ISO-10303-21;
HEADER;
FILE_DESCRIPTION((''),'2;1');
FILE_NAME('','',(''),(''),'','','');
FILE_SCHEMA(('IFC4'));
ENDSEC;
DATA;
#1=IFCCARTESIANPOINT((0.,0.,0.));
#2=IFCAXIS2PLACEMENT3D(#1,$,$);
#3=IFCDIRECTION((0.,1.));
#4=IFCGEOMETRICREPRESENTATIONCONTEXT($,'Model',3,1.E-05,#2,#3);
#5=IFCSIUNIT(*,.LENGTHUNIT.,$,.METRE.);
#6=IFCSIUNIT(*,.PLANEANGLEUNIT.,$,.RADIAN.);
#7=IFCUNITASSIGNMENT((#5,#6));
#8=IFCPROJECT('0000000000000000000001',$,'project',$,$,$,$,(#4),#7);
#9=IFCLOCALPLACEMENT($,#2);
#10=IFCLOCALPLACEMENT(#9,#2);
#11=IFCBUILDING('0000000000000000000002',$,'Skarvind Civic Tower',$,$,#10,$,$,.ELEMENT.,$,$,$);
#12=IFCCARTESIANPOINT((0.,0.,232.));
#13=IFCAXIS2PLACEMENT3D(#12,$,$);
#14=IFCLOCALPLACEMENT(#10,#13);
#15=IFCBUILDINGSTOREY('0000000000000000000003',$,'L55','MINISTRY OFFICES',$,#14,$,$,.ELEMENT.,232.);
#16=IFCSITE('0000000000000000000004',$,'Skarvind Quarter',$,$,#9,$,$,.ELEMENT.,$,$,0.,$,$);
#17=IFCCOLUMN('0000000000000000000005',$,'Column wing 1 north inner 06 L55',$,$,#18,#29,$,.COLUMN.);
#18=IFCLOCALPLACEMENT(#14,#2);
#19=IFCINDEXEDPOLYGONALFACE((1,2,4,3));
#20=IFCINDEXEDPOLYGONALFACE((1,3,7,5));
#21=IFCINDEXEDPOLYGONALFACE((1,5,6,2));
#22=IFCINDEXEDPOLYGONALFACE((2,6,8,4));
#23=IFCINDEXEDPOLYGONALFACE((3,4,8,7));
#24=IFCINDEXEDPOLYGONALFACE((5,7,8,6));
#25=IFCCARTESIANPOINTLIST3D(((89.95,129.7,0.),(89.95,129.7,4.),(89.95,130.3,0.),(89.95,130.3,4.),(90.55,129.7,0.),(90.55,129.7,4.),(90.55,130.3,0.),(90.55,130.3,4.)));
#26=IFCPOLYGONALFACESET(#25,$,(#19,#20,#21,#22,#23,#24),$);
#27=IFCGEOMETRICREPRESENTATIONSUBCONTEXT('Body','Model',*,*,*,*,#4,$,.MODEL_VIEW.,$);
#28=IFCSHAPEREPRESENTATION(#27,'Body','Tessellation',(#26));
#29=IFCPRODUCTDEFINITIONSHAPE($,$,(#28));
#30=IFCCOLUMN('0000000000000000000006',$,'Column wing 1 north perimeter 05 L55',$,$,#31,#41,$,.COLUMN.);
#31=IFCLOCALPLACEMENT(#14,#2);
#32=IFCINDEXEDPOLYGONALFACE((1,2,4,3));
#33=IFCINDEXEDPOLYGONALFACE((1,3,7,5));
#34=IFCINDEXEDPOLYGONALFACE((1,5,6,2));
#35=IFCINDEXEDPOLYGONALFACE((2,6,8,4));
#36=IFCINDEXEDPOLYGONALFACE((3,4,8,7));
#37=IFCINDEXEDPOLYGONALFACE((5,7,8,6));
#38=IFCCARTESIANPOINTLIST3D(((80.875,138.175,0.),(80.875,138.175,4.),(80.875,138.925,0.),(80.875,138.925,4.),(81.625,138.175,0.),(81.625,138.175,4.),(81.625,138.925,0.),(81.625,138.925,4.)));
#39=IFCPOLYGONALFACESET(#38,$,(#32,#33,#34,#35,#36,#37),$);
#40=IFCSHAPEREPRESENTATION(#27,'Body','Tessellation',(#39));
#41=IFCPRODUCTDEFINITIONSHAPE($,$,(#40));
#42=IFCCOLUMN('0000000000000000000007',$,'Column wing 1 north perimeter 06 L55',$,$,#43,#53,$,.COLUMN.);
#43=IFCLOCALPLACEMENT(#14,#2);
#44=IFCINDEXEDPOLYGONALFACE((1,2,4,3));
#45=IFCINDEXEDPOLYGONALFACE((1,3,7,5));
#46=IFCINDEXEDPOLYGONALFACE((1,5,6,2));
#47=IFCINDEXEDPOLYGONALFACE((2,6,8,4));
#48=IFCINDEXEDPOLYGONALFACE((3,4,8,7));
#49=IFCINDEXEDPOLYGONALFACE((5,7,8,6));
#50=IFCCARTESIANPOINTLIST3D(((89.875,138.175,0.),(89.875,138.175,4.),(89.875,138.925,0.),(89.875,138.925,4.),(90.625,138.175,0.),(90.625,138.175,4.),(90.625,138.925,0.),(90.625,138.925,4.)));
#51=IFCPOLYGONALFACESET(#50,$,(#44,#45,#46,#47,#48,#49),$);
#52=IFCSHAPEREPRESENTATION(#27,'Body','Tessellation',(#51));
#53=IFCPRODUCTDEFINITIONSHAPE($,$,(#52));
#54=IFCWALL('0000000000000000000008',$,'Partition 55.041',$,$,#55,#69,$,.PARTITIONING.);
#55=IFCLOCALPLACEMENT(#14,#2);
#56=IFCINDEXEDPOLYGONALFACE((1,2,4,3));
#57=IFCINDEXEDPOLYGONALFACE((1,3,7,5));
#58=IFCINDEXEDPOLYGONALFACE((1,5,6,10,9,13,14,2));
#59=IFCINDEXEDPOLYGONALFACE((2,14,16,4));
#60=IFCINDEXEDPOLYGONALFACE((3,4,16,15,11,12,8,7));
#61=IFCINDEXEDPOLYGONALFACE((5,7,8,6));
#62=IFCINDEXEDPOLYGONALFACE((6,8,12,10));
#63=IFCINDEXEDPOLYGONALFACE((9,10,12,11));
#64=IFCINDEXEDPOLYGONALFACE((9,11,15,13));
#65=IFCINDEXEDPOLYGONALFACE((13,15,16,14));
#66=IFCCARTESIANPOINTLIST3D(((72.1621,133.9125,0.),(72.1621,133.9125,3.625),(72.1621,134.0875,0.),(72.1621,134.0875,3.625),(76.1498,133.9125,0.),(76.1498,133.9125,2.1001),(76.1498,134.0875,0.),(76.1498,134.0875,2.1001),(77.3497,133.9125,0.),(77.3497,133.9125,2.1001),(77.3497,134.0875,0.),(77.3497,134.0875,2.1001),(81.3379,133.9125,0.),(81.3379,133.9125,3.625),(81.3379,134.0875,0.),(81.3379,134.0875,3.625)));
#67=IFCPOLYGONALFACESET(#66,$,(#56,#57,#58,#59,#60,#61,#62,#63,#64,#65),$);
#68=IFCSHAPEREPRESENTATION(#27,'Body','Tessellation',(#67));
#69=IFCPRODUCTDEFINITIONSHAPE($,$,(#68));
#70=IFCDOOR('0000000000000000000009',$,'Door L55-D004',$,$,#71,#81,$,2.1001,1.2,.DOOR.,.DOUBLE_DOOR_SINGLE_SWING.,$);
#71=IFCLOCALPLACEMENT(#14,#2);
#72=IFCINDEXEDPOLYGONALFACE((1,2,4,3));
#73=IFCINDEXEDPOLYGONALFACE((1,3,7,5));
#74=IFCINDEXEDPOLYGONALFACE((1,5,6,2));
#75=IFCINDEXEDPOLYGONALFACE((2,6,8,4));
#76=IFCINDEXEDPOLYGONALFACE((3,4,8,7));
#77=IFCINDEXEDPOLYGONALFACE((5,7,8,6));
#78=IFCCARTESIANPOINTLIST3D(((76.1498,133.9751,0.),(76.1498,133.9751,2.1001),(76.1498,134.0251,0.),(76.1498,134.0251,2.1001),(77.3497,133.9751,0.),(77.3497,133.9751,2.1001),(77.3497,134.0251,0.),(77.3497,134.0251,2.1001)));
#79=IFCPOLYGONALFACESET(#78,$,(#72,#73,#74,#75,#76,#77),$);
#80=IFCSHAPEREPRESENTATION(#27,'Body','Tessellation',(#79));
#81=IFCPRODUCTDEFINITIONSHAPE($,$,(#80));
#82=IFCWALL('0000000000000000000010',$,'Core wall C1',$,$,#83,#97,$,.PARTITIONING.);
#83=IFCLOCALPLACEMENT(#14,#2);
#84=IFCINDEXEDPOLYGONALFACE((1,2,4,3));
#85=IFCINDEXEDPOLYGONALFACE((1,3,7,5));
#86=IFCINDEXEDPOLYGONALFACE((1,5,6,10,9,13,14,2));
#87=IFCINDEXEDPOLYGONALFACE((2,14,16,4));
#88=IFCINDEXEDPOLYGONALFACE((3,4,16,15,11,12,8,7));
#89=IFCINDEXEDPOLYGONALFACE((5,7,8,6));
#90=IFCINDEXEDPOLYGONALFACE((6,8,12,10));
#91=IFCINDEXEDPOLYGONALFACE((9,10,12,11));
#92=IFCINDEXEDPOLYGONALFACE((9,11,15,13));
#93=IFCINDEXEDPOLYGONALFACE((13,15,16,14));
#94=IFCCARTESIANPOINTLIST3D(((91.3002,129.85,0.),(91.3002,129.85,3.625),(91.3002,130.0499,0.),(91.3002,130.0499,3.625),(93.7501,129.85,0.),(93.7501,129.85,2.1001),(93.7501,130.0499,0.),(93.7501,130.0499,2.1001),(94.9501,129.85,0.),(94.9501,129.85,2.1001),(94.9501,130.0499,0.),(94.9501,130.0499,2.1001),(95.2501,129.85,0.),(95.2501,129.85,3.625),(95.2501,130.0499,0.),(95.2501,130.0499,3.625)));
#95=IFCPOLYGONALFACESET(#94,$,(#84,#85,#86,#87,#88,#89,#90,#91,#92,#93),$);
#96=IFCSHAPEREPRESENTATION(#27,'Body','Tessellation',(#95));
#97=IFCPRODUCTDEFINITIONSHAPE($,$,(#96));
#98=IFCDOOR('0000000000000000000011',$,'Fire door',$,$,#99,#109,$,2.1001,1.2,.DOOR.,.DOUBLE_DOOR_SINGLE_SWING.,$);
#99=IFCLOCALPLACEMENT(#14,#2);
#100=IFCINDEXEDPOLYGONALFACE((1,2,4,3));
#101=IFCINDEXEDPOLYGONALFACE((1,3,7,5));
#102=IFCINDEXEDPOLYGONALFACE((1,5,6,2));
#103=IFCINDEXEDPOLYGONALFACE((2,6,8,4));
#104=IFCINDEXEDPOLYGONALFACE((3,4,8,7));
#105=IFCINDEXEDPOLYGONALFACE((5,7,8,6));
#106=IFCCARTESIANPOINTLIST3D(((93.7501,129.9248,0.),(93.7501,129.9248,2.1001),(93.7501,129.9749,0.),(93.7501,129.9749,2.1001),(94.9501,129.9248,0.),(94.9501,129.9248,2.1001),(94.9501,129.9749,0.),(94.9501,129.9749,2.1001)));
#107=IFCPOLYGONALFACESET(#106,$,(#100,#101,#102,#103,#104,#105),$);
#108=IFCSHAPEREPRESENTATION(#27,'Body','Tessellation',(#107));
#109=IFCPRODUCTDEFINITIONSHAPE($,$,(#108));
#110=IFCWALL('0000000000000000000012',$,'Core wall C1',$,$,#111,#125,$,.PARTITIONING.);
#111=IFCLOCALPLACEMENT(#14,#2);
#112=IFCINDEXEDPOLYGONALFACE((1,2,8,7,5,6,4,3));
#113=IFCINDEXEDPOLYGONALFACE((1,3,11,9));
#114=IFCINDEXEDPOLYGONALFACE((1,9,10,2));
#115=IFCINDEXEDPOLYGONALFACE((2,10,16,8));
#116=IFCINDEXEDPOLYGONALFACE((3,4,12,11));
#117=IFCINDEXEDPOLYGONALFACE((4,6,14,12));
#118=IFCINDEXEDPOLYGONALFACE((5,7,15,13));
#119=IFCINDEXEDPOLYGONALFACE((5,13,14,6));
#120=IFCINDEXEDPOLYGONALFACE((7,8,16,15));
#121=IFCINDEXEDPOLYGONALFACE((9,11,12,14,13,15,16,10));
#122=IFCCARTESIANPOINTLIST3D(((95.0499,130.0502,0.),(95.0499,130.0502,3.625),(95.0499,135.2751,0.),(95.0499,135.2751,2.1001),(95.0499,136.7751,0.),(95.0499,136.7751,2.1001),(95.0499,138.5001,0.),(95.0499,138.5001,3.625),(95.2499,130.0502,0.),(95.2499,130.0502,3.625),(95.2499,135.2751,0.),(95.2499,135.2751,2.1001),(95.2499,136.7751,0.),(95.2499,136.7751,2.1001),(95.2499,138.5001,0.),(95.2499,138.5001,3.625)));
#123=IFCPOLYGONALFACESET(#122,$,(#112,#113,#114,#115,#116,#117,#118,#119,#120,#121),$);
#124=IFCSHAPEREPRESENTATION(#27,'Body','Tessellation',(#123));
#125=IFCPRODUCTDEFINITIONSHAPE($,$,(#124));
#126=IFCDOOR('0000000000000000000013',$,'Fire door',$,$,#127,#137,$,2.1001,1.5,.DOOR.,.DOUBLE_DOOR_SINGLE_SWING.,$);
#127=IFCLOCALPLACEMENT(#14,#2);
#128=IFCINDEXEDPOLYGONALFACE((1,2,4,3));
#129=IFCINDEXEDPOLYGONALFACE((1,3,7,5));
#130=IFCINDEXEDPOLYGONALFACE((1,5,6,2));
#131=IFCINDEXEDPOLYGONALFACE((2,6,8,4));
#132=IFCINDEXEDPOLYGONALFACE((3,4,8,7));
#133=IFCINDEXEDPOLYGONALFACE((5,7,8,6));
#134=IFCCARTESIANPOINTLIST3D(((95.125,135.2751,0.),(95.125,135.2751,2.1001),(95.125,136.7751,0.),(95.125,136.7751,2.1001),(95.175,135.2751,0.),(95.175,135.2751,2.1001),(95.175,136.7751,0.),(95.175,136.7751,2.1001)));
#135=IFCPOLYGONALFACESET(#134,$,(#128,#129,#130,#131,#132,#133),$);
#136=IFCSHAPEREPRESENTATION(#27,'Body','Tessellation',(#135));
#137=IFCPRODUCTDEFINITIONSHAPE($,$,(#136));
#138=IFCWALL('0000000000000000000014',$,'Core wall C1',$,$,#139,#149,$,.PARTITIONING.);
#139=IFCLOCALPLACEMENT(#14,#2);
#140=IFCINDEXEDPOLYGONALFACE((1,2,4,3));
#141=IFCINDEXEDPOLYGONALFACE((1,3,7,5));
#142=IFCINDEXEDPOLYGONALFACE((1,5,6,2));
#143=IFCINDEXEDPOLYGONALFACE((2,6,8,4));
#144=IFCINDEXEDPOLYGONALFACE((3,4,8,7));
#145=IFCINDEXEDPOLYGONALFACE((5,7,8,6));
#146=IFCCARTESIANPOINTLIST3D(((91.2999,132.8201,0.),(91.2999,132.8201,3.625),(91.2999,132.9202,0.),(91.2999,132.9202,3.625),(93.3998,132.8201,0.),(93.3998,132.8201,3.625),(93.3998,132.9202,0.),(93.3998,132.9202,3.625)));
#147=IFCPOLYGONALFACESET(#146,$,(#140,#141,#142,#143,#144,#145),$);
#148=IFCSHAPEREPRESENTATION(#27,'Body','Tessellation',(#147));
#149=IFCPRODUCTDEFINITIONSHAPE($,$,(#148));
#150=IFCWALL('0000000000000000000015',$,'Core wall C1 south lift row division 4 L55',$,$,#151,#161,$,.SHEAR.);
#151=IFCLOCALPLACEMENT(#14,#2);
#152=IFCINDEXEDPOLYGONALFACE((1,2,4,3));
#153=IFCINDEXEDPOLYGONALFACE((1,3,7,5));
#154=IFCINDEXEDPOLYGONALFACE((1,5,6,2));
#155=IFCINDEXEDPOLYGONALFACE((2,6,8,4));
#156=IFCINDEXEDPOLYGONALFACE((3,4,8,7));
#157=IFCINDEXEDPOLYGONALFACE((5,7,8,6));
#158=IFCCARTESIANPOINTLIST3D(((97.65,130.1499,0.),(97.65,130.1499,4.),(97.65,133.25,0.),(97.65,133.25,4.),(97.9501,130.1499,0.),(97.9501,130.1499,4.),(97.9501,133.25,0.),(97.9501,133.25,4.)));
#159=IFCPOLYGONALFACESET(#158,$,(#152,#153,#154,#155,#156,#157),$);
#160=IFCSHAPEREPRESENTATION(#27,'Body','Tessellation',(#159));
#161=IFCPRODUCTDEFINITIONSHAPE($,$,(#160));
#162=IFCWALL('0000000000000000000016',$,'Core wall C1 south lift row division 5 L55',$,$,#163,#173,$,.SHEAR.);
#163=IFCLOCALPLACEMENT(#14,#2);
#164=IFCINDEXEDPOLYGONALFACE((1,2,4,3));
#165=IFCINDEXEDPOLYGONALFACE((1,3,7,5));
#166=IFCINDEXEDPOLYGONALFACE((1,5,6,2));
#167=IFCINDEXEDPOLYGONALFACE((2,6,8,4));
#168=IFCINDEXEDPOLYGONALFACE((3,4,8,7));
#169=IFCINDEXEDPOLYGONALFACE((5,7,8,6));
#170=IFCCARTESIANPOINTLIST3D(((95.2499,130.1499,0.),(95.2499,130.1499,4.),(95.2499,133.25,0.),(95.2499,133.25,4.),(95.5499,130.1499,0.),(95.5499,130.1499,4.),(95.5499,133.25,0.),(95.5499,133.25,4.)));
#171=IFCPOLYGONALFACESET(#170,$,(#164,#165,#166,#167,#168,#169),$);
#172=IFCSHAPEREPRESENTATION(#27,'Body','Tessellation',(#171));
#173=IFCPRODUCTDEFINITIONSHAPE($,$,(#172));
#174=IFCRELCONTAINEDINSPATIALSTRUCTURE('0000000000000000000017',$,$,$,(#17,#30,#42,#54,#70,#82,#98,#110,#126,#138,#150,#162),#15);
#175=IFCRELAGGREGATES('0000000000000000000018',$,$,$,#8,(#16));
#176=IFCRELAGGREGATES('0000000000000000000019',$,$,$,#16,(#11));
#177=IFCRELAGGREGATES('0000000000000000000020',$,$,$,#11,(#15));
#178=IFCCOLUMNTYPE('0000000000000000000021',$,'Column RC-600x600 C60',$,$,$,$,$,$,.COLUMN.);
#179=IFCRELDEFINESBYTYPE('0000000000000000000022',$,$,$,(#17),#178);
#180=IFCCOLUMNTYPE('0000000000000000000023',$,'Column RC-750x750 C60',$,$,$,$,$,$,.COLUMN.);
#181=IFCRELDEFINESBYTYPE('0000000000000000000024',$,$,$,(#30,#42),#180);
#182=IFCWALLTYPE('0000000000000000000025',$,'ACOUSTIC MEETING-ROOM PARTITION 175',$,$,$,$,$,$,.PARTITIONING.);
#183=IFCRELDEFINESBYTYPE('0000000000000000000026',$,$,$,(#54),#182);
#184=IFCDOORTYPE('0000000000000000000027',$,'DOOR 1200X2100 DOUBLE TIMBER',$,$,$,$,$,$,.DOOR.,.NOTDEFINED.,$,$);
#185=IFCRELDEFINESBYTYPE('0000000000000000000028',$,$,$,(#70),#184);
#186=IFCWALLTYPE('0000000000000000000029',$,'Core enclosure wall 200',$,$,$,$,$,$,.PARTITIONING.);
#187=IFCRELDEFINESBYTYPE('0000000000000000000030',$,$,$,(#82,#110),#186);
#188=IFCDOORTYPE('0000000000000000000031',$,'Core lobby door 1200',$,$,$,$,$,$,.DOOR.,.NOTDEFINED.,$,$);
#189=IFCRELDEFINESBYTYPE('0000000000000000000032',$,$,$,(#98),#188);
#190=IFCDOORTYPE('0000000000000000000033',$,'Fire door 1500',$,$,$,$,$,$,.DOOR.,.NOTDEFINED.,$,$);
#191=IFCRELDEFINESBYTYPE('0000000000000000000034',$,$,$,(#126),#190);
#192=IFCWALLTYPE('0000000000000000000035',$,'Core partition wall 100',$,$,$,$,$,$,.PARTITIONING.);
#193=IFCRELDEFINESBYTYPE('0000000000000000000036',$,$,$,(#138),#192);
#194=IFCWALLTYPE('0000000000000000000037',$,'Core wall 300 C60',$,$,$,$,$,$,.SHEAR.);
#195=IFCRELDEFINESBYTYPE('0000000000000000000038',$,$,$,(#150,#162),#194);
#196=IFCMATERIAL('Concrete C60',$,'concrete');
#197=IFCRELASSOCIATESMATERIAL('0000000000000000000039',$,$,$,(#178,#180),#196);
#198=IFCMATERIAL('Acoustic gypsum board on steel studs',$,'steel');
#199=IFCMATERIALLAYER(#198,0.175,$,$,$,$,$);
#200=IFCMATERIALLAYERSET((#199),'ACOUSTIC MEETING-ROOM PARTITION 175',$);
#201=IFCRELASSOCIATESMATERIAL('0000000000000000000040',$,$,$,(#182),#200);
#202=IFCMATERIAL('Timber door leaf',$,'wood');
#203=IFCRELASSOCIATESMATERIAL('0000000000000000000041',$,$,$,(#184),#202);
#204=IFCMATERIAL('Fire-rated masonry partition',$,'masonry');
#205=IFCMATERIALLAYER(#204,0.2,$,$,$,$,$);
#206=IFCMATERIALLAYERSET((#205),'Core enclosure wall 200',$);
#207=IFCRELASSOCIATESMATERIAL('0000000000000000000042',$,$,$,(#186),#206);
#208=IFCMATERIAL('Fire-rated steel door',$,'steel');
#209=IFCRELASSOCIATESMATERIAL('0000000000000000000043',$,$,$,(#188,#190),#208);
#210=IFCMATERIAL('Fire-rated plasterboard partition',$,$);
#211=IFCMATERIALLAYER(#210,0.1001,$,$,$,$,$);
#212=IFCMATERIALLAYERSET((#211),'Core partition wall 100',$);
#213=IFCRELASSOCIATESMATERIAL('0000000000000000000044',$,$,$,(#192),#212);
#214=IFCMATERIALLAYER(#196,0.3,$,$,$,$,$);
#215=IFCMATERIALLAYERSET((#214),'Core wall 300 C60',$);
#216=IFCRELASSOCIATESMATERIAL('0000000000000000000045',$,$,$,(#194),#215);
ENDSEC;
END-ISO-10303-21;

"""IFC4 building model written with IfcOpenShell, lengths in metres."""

from ifc_helpers import new_model, si_unit, direction, frame, frame_2d, origin, origin_2d, place, context, subcontext, project, spatial, rectangle, extrude, material, layer, layer_set, material_profile, profile_set, type_object, element, fill, save


model = new_model("IFC4")

# Units and contexts
model_context = context("Model", 3, precision=1e-05, world=origin(), true_north=direction((0.0, 1.0)))
body_context = subcontext(model_context, "Body", "Model", "MODEL_VIEW")
ifc_project = project(units=[si_unit("LENGTHUNIT", "METRE"), si_unit("PLANEANGLEUNIT", "RADIAN")], contexts=[model_context])

# Site, building, storey
site_placement = place(None, origin())
site = spatial("IfcSite", under=ifc_project, at=site_placement, Name="Skarvind Quarter", CompositionType="ELEMENT", RefElevation=0.0)
building_placement = place(site_placement, origin())
building = spatial("IfcBuilding", under=site, at=building_placement, Name="Skarvind Civic Tower", CompositionType="ELEMENT")
storey_placement = place(building_placement, frame((0.0, 0.0, 232.0)))
storey = spatial("IfcBuildingStorey", under=building, at=storey_placement, Name="L55", Description="MINISTRY OFFICES", CompositionType="ELEMENT", Elevation=232.0)

# Columns
ifc_material_1 = material(Name="Concrete C60", Category="concrete")
ifc_material_profile_1 = material_profile(ifc_material_1, rectangle(XDim=0.6001, YDim=0.6001, at=origin_2d()), Name="RC-600x600")
ifc_profile_set_1 = profile_set([ifc_material_profile_1], Name="Concrete C60")
column_type_1 = type_object("IfcColumnType", Name="Column RC-600x600 C60", PredefinedType="COLUMN", material=ifc_profile_set_1)
column_placement = place(storey_placement, frame((90.25, 130.0, 0.0), z_axis=(0.0, 0.0, 1.0), x_axis=(1.0, 0.0, 0.0)))
element("IfcColumn", 1, at=column_placement, inside=storey, type_object=column_type_1, Name="Column wing 1 north inner 06 L55", PredefinedType="COLUMN", context=body_context, shape_type="SweptSolid", body=[
    extrude(rectangle(XDim=0.6001, YDim=0.6001, at=origin_2d()), origin(), (0.0, 0.0, 1.0), 4.0),
])
ifc_material_profile_2 = material_profile(ifc_material_1, rectangle(XDim=0.75, YDim=0.75, at=origin_2d()), Name="RC-750x750")
ifc_profile_set_2 = profile_set([ifc_material_profile_2], Name="Concrete C60")
column_type_2 = type_object("IfcColumnType", Name="Column RC-750x750 C60", PredefinedType="COLUMN", material=ifc_profile_set_2)
for number, where, z_axis, x_axis, name in (
    (2, (81.25, 138.55, 0.0), (0.0, 0.0, 1.0), (1.0, 0.0, 0.0), "Column wing 1 north perimeter 05 L55"),
    (3, (90.25, 138.55, 0.0), (0.0, 0.0, 1.0), (1.0, 0.0, 0.0), "Column wing 1 north perimeter 06 L55"),
):
    element("IfcColumn", number, at=place(storey_placement, frame(where, z_axis=z_axis, x_axis=x_axis)), inside=storey, type_object=column_type_2, Name=name, PredefinedType="COLUMN", context=body_context, shape_type="SweptSolid", body=[
        extrude(rectangle(XDim=0.75, YDim=0.75, at=origin_2d()), origin(), (0.0, 0.0, 1.0), 4.0),
    ])

# Walls, openings, doors
ifc_material_2 = material(Name="Acoustic gypsum board on steel studs", Category="steel")
ifc_layer_1 = layer(ifc_material_2, 0.175)
ifc_layer_set_1 = layer_set([ifc_layer_1], Name="ACOUSTIC MEETING-ROOM PARTITION 175")
wall_type_1 = type_object("IfcWallType", Name="ACOUSTIC MEETING-ROOM PARTITION 175", PredefinedType="PARTITIONING", material=ifc_layer_set_1)
wall_1_placement = place(storey_placement, frame((81.3379, 134.0, 0.0), z_axis=(0.0, 0.0, 1.0), x_axis=(-1.0, 0.0, 0.0)))
wall_1 = element("IfcWall", 4, at=wall_1_placement, inside=storey, type_object=wall_type_1, Name="Partition 55.041", PredefinedType="PARTITIONING", context=body_context, shape_type="SweptSolid", body=[
    extrude(rectangle(XDim=9.1758, YDim=0.175, at=frame_2d((4.5879, 0.0))), origin(), (0.0, 0.0, 1.0), 3.625),
])
opening_1_placement = place(wall_1_placement, frame((3.988, 0.0, 0.0)))
opening_1 = element("IfcOpeningElement", 5, at=opening_1_placement, cuts=wall_1, PredefinedType="OPENING", context=body_context, shape_type="SweptSolid", body=[
    extrude(rectangle(XDim=1.2, YDim=2.1001, at=frame_2d((0.6001, 1.05))), frame((0.0, 0.0974, 0.0), z_axis=(0.0, -1.0, 0.0), x_axis=(1.0, 0.0, 0.0)), (0.0, 0.0, 1.0), 0.1951),
])
ifc_material_3 = material(Name="Timber door leaf", Category="wood")
door_type_1 = type_object("IfcDoorType", Name="DOOR 1200X2100 DOUBLE TIMBER", OperationType="NOTDEFINED", PredefinedType="DOOR", material=ifc_material_3)
door_1_placement = place(opening_1_placement, origin())
door_1 = element("IfcDoor", 6, at=door_1_placement, inside=storey, type_object=door_type_1, Name="Door L55-D004", OperationType="DOUBLE_DOOR_SINGLE_SWING", OverallHeight=2.1001, OverallWidth=1.2, PredefinedType="DOOR", context=body_context, shape_type="SweptSolid", body=[
    extrude(rectangle(XDim=1.2, YDim=2.1001, at=frame_2d((0.6001, 1.05))), frame((0.0, 0.0249, 0.0), z_axis=(0.0, -1.0, 0.0), x_axis=(1.0, 0.0, 0.0)), (0.0, 0.0, 1.0), 0.05),
])
fill(opening_1, door_1)
ifc_material_4 = material(Name="Fire-rated masonry partition", Category="masonry")
ifc_layer_2 = layer(ifc_material_4, 0.2)
ifc_layer_set_2 = layer_set([ifc_layer_2], Name="Core enclosure wall 200")
wall_type_2 = type_object("IfcWallType", Name="Core enclosure wall 200", PredefinedType="PARTITIONING", material=ifc_layer_set_2)
wall_2_placement = place(storey_placement, frame((91.3, 129.95, 0.0), z_axis=(0.0, 0.0, 1.0), x_axis=(1.0, 0.0, 0.0)))
wall_2 = element("IfcWall", 7, at=wall_2_placement, inside=storey, type_object=wall_type_2, Name="Core wall C1", PredefinedType="PARTITIONING", context=body_context, shape_type="SweptSolid", body=[
    extrude(rectangle(XDim=3.95, YDim=0.2, at=frame_2d((1.9751, 0.0))), origin(), (0.0, 0.0, 1.0), 3.625),
])
opening_2_placement = place(wall_2_placement, frame((2.45, 0.0, 0.0)))
opening_2 = element("IfcOpeningElement", 8, at=opening_2_placement, cuts=wall_2, PredefinedType="OPENING", context=body_context, shape_type="SweptSolid", body=[
    extrude(rectangle(XDim=1.2, YDim=2.1001, at=frame_2d((0.6001, 1.05))), frame((0.0, 0.1099, 0.0), z_axis=(0.0, -1.0, 0.0), x_axis=(1.0, 0.0, 0.0)), (0.0, 0.0, 1.0), 0.22),
])
ifc_material_5 = material(Name="Fire-rated steel door", Category="steel")
door_type_2 = type_object("IfcDoorType", Name="Core lobby door 1200", OperationType="NOTDEFINED", PredefinedType="DOOR", material=ifc_material_5)
door_2_placement = place(opening_2_placement, origin())
door_2 = element("IfcDoor", 9, at=door_2_placement, inside=storey, type_object=door_type_2, Name="Fire door", OperationType="DOUBLE_DOOR_SINGLE_SWING", OverallHeight=2.1001, OverallWidth=1.2, PredefinedType="DOOR", context=body_context, shape_type="SweptSolid", body=[
    extrude(rectangle(XDim=1.2, YDim=2.1001, at=frame_2d((0.6001, 1.05))), frame((0.0, 0.0249, 0.0), z_axis=(0.0, -1.0, 0.0), x_axis=(1.0, 0.0, 0.0)), (0.0, 0.0, 1.0), 0.05),
])
fill(opening_2, door_2)
wall_3_placement = place(storey_placement, frame((95.1499, 130.05, 0.0), z_axis=(0.0, 0.0, 1.0), x_axis=(0.0, 1.0, 0.0)))
wall_3 = element("IfcWall", 10, at=wall_3_placement, inside=storey, type_object=wall_type_2, Name="Core wall C1", PredefinedType="PARTITIONING", context=body_context, shape_type="SweptSolid", body=[
    extrude(rectangle(XDim=8.45, YDim=0.2, at=frame_2d((4.2251, 0.0))), origin(), (0.0, 0.0, 1.0), 3.625),
])
opening_3_placement = place(wall_3_placement, frame((5.2251, 0.0, 0.0)))
opening_3 = element("IfcOpeningElement", 11, at=opening_3_placement, cuts=wall_3, PredefinedType="OPENING", context=body_context, shape_type="SweptSolid", body=[
    extrude(rectangle(XDim=1.5, YDim=2.1001, at=frame_2d((0.75, 1.05))), frame((0.0, 0.1099, 0.0), z_axis=(0.0, -1.0, 0.0), x_axis=(1.0, 0.0, 0.0)), (0.0, 0.0, 1.0), 0.22),
])
door_type_3 = type_object("IfcDoorType", Name="Fire door 1500", OperationType="NOTDEFINED", PredefinedType="DOOR", material=ifc_material_5)
door_3_placement = place(opening_3_placement, origin())
door_3 = element("IfcDoor", 12, at=door_3_placement, inside=storey, type_object=door_type_3, Name="Fire door", OperationType="DOUBLE_DOOR_SINGLE_SWING", OverallHeight=2.1001, OverallWidth=1.5, PredefinedType="DOOR", context=body_context, shape_type="SweptSolid", body=[
    extrude(rectangle(XDim=1.5, YDim=2.1001, at=frame_2d((0.75, 1.05))), frame((0.0, 0.0249, 0.0), z_axis=(0.0, -1.0, 0.0), x_axis=(1.0, 0.0, 0.0)), (0.0, 0.0, 1.0), 0.05),
])
fill(opening_3, door_3)

# Walls
ifc_material_6 = material(Name="Fire-rated plasterboard partition")
ifc_layer_3 = layer(ifc_material_6, 0.1001)
ifc_layer_set_3 = layer_set([ifc_layer_3], Name="Core partition wall 100")
wall_type_3 = type_object("IfcWallType", Name="Core partition wall 100", PredefinedType="PARTITIONING", material=ifc_layer_set_3)
wall_4_placement = place(storey_placement, frame((91.3, 132.8701, 0.0), z_axis=(0.0, 0.0, 1.0), x_axis=(1.0, 0.0, 0.0)))
element("IfcWall", 13, at=wall_4_placement, inside=storey, type_object=wall_type_3, Name="Core wall C1", PredefinedType="PARTITIONING", context=body_context, shape_type="SweptSolid", body=[
    extrude(rectangle(XDim=2.0999, YDim=0.1001, at=frame_2d((1.0498, 0.0))), origin(), (0.0, 0.0, 1.0), 3.625),
])
ifc_layer_4 = layer(ifc_material_1, 0.3)
ifc_layer_set_4 = layer_set([ifc_layer_4], Name="Core wall 300 C60")
wall_type_4 = type_object("IfcWallType", Name="Core wall 300 C60", PredefinedType="SHEAR", material=ifc_layer_set_4)
for number, where, z_axis, x_axis, name in (
    (14, (97.8, 133.25, 0.0), (0.0, 0.0, 1.0), (0.0, -1.0, 0.0), "Core wall C1 south lift row division 4 L55"),
    (15, (95.3999, 133.25, 0.0), (0.0, 0.0, 1.0), (0.0, -1.0, 0.0), "Core wall C1 south lift row division 5 L55"),
):
    element("IfcWall", number, at=place(storey_placement, frame(where, z_axis=z_axis, x_axis=x_axis)), inside=storey, type_object=wall_type_4, Name=name, PredefinedType="SHEAR", context=body_context, shape_type="SweptSolid", body=[
        extrude(rectangle(XDim=3.1001, YDim=0.3, at=frame_2d((1.55, 0.0))), origin(), (0.0, 0.0, 1.0), 4.0),
    ])

save(model, "model.ifc")
